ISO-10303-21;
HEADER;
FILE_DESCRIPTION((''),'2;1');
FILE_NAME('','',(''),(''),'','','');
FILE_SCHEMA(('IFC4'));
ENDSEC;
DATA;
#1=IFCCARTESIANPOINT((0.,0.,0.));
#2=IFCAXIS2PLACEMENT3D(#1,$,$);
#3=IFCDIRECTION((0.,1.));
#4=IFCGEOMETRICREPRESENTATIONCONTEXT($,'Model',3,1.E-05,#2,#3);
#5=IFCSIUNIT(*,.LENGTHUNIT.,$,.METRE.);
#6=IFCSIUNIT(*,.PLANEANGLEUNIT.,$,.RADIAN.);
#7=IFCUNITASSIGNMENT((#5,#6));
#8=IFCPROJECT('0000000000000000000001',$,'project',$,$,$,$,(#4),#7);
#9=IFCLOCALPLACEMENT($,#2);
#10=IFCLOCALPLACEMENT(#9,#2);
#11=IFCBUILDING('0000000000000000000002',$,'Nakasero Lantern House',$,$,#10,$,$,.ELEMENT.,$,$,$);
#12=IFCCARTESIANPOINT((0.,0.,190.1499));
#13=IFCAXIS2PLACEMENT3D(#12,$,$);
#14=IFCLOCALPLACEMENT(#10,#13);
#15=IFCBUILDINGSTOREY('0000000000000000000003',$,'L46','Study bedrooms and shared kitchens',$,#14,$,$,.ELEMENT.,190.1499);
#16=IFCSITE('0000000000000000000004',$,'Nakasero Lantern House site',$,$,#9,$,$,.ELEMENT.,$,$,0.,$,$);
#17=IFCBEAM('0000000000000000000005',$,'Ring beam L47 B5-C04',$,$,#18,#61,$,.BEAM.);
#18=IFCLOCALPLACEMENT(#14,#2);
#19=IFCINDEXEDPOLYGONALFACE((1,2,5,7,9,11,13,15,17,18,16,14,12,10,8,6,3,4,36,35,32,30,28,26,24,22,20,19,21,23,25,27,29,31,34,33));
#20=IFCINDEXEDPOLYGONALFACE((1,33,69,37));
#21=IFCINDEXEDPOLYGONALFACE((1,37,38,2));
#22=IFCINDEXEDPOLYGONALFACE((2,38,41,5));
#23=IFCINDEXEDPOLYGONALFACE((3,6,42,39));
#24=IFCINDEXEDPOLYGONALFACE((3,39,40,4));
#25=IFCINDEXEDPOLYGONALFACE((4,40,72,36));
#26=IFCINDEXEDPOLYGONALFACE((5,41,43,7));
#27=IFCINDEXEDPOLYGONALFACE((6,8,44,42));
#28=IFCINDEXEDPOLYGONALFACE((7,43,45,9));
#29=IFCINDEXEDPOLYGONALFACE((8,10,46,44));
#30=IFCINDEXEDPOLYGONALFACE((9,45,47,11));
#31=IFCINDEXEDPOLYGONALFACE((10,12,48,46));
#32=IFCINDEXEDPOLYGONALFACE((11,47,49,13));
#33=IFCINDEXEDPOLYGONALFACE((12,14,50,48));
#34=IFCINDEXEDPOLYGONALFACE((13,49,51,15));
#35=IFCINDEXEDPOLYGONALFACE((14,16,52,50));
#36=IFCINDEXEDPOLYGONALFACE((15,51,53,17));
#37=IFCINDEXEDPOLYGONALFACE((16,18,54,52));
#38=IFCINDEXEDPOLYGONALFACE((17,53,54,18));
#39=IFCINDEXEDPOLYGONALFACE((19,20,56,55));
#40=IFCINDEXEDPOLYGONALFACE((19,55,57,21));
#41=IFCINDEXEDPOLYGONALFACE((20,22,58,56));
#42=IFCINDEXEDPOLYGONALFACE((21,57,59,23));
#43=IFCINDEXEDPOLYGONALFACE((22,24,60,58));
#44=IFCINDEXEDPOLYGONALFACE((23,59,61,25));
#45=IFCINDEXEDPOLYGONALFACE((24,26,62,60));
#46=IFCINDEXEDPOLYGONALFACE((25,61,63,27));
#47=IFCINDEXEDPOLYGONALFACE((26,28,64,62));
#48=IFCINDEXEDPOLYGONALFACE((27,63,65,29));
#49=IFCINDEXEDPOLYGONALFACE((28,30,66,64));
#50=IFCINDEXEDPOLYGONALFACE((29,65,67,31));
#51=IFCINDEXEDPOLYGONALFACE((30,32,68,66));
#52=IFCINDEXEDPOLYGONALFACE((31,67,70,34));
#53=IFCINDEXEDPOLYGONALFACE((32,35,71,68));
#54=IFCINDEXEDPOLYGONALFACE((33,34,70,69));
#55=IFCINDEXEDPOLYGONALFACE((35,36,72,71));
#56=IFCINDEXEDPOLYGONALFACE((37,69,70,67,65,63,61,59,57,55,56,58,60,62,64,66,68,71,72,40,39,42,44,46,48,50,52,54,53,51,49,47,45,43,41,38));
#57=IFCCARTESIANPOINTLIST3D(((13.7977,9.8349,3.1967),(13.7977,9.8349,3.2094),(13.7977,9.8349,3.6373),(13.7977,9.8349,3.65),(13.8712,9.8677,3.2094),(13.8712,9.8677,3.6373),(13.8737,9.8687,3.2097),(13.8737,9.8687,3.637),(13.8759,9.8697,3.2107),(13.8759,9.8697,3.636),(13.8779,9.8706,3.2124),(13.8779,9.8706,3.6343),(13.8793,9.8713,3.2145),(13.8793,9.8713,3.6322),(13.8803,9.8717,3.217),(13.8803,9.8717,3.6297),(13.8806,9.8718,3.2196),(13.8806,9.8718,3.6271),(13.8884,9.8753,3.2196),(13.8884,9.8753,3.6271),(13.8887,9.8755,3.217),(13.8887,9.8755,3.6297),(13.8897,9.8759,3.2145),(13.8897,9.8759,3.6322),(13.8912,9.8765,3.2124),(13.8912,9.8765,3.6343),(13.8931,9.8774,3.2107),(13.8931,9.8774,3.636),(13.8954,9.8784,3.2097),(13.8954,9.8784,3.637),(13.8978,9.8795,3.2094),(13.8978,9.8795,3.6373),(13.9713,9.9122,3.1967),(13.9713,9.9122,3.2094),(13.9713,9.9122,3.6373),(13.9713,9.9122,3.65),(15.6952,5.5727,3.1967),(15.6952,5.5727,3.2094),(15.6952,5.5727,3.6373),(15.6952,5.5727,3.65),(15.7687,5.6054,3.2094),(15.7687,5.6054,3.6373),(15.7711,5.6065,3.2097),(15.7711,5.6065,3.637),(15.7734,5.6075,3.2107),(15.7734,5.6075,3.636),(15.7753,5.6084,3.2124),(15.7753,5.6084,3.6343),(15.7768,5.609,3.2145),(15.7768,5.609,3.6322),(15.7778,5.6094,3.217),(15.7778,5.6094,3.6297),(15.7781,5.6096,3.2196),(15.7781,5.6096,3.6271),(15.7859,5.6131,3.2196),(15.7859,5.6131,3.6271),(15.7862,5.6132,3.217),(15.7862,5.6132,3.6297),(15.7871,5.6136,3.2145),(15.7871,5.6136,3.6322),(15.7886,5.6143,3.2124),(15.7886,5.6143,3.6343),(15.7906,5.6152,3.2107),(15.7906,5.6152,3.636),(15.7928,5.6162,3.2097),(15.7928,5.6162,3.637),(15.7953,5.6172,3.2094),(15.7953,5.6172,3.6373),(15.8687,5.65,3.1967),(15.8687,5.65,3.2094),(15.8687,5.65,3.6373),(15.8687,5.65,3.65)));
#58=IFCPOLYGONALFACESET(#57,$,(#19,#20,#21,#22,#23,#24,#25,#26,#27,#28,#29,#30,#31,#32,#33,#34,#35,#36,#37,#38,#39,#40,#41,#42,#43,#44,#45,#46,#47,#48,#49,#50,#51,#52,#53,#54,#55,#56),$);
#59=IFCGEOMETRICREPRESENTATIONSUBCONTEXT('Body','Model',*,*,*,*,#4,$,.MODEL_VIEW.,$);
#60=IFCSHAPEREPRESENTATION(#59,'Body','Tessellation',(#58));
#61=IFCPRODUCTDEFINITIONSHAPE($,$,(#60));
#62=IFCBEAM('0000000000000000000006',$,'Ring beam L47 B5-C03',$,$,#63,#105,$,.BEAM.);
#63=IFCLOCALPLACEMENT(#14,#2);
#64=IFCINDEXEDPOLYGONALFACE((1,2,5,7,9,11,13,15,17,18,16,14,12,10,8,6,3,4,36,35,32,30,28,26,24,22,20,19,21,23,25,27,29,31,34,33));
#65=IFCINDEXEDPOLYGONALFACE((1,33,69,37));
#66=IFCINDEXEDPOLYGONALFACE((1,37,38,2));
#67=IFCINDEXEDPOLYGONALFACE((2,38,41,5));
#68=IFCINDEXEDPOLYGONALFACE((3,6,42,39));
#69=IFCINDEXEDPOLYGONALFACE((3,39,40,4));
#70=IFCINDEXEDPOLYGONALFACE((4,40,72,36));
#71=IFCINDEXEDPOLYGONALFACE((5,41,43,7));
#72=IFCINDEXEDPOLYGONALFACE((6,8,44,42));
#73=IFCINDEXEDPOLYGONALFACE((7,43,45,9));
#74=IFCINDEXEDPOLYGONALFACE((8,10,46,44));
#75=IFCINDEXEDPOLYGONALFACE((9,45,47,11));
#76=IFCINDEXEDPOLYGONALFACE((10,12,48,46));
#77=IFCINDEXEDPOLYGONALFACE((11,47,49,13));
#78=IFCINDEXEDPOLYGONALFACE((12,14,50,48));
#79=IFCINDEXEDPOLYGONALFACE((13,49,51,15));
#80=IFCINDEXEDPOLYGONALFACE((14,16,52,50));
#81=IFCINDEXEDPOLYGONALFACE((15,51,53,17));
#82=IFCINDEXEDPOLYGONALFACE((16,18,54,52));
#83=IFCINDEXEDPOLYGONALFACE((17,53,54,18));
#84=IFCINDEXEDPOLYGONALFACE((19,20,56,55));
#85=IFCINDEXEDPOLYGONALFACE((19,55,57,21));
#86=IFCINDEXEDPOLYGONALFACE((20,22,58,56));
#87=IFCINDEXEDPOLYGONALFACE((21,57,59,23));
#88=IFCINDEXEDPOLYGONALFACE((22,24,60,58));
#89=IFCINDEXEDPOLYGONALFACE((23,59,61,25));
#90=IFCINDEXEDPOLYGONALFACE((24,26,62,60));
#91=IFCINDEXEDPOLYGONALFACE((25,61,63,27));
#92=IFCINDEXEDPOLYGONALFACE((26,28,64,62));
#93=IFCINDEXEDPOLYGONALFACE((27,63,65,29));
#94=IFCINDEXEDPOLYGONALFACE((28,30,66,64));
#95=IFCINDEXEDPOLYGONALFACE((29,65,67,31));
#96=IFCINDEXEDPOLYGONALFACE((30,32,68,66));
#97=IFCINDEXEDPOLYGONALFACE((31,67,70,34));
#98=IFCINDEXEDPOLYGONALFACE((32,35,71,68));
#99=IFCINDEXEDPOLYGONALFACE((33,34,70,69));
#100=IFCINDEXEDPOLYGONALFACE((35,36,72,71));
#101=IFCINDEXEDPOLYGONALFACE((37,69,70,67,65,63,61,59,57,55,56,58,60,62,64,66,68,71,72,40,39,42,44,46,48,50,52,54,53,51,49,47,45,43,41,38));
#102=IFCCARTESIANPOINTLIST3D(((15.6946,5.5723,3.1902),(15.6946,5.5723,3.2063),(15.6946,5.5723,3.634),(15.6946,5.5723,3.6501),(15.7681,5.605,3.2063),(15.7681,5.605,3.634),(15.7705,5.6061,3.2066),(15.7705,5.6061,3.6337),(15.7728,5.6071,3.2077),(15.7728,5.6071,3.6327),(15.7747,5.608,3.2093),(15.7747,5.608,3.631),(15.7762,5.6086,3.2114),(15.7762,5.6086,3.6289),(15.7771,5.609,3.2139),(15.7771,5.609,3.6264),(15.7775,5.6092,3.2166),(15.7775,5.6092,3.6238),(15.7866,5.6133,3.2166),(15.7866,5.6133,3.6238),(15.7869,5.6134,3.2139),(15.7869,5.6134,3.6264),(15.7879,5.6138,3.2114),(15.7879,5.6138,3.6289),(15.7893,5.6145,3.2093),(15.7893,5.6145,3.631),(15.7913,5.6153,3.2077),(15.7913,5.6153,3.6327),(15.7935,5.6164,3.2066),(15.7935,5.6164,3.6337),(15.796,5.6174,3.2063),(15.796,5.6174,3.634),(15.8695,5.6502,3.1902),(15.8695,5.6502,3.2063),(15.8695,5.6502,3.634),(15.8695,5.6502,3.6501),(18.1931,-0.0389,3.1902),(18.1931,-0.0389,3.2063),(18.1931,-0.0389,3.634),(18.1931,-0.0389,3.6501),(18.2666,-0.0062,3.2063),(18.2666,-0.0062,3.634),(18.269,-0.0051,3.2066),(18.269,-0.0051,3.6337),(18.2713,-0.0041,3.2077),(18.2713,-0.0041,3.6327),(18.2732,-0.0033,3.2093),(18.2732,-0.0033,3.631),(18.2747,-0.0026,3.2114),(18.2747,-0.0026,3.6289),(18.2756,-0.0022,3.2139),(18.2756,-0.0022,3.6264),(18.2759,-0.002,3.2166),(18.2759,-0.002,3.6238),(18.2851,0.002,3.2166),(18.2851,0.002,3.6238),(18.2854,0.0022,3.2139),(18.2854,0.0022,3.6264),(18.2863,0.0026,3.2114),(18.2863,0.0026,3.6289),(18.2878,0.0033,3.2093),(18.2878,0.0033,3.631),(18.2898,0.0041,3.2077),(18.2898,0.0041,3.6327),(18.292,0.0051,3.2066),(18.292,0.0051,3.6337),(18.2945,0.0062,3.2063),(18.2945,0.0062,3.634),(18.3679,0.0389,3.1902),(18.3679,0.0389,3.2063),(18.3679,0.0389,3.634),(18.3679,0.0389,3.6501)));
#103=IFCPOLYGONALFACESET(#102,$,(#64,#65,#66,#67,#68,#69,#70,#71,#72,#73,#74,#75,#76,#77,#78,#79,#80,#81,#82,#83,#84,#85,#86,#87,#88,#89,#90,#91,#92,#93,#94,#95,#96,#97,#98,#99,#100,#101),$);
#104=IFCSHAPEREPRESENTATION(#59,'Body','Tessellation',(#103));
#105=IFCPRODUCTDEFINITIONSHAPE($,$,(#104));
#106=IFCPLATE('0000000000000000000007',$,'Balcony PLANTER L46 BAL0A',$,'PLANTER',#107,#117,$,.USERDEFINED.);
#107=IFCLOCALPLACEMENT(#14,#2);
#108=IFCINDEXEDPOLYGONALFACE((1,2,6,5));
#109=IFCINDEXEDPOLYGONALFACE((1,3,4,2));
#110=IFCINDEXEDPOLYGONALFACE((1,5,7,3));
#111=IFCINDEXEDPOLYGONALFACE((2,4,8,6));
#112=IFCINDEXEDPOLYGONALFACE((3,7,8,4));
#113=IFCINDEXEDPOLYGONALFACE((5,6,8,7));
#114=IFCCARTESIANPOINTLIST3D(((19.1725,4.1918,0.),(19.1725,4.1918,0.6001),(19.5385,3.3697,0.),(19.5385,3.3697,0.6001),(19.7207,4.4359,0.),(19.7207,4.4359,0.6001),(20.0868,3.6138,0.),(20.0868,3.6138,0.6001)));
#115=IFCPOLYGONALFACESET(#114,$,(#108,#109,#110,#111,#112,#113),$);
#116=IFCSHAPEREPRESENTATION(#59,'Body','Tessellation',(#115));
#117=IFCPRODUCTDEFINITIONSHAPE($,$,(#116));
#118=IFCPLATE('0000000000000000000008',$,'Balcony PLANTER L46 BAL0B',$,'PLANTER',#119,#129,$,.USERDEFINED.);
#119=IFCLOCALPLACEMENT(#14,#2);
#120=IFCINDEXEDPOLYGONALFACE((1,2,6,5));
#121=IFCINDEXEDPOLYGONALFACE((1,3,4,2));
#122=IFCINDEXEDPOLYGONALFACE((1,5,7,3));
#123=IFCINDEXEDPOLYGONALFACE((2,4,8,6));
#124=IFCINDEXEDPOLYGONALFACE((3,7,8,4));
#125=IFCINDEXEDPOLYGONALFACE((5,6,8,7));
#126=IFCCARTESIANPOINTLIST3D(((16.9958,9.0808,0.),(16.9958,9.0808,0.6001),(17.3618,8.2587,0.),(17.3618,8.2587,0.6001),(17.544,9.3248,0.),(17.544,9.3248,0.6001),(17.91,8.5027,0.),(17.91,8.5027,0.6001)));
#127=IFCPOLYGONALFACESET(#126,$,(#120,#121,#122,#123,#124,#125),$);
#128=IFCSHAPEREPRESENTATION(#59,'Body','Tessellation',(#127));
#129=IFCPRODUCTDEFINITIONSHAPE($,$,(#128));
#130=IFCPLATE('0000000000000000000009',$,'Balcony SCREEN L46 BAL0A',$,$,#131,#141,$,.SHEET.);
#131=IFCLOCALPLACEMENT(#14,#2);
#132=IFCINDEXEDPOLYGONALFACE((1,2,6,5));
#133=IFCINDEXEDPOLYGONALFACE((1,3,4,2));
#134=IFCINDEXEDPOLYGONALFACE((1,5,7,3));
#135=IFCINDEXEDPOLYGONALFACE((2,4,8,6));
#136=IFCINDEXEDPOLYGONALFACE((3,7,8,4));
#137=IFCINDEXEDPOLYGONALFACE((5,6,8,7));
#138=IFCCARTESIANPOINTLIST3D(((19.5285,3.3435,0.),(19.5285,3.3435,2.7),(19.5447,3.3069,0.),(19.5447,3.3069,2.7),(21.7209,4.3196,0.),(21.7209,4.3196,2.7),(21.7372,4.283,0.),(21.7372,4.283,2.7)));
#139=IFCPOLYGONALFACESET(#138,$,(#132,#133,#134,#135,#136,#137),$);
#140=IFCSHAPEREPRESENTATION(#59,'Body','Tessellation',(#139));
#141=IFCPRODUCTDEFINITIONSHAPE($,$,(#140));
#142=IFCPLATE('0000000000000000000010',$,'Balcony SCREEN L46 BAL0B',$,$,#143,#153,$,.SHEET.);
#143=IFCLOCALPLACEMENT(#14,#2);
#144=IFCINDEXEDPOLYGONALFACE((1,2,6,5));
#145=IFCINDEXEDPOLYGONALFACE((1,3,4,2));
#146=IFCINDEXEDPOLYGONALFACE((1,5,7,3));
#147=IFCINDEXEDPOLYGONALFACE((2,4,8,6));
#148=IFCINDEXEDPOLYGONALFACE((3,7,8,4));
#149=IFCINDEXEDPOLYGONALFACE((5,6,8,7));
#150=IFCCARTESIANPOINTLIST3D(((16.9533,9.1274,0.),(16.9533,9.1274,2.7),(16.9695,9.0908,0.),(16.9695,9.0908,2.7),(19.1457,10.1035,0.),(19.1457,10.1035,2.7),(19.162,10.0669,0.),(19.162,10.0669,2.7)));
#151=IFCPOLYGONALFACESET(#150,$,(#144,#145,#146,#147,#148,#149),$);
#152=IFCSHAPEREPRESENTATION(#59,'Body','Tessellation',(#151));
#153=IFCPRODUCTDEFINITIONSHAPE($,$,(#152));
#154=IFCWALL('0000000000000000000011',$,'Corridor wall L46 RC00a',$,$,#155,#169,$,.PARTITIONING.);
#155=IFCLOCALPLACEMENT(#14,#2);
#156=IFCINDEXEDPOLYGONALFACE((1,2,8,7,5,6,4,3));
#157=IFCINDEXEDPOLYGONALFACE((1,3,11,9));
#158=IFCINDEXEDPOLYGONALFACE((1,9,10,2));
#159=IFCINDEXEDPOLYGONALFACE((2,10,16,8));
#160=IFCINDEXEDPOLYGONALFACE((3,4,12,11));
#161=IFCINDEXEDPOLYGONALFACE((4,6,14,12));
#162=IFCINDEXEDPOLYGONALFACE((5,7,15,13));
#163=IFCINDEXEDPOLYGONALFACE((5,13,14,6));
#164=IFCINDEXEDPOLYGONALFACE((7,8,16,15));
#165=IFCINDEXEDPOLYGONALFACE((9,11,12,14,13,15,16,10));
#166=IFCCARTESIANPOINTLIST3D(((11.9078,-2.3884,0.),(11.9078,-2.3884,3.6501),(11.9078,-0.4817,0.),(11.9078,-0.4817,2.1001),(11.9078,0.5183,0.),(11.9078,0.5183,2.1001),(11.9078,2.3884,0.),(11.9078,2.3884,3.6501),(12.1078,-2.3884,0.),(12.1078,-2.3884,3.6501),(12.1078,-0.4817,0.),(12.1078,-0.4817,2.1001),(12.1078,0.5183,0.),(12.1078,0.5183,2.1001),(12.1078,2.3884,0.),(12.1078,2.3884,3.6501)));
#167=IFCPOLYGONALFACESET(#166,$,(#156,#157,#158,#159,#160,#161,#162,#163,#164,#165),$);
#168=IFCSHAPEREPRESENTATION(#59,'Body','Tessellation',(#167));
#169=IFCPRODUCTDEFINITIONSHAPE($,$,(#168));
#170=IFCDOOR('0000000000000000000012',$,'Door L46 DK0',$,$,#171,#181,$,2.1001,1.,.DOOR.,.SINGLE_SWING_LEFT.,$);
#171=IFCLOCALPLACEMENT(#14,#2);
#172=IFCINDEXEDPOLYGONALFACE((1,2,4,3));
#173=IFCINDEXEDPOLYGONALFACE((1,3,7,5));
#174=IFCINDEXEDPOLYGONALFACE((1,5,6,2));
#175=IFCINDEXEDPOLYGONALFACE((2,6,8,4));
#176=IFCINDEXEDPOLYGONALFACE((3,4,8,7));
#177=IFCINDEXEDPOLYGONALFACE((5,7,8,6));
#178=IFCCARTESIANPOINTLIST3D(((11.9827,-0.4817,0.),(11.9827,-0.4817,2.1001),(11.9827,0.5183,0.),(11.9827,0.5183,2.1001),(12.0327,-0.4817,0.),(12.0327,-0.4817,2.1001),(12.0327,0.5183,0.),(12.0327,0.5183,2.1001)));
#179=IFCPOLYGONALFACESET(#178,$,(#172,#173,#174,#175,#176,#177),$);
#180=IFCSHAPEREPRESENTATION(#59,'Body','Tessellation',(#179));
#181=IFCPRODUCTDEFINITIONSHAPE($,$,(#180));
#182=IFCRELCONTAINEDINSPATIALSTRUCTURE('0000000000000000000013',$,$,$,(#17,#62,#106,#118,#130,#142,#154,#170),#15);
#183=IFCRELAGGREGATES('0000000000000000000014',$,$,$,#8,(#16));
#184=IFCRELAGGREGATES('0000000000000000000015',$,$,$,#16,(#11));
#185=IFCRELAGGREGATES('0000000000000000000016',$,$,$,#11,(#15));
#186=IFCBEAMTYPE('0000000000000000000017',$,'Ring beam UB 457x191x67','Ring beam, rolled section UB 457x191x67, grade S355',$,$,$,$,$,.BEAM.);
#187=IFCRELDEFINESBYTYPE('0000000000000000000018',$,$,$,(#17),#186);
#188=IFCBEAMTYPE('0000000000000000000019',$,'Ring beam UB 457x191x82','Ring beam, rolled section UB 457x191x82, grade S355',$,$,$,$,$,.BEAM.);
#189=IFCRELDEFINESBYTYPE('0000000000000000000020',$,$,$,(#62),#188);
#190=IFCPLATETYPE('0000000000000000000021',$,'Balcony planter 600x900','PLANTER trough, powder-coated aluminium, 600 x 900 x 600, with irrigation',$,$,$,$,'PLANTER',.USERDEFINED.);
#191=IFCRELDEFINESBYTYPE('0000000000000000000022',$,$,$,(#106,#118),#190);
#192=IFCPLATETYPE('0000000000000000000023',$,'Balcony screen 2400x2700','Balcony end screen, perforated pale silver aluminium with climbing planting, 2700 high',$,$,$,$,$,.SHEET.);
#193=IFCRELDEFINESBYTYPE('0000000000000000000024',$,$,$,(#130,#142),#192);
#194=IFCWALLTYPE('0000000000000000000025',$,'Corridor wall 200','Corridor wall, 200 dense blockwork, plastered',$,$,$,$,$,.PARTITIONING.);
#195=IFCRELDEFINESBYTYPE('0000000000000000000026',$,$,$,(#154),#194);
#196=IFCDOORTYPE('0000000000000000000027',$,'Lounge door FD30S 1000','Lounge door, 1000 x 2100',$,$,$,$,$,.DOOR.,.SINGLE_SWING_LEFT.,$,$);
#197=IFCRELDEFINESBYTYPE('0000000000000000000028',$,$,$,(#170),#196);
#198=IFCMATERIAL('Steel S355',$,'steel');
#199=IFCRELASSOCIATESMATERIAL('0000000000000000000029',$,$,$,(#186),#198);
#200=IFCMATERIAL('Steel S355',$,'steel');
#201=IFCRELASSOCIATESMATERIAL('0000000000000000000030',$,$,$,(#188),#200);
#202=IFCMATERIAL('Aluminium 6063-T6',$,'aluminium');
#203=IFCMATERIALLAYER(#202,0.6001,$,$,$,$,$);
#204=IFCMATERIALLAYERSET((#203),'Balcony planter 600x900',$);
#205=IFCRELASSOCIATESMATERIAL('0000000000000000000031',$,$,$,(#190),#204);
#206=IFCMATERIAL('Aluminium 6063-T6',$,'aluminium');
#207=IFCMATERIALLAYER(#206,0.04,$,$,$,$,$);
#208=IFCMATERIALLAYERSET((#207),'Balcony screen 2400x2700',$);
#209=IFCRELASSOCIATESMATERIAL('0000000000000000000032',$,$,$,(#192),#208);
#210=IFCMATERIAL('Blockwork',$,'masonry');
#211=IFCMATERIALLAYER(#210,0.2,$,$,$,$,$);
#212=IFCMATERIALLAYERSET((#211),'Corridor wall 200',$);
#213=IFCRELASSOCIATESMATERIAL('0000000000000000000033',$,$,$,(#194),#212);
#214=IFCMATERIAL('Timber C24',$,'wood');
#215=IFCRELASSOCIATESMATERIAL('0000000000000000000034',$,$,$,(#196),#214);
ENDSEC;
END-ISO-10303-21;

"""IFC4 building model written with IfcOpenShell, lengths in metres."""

from ifc_helpers import new_model, si_unit, direction, frame, frame_2d, origin, origin_2d, place, context, subcontext, project, spatial, rectangle, i_section, extrude, material, layer, layer_set, material_profile, profile_set, type_object, element, fill, save


model = new_model("IFC4")

# Units and contexts
model_context = context("Model", 3, precision=1e-05, world=origin(), true_north=direction((0.0, 1.0)))
body_context = subcontext(model_context, "Body", "Model", "MODEL_VIEW")
ifc_project = project(units=[si_unit("LENGTHUNIT", "METRE"), si_unit("PLANEANGLEUNIT", "RADIAN")], contexts=[model_context])

# Site, building, storey
site_placement = place(None, origin())
site = spatial("IfcSite", under=ifc_project, at=site_placement, Name="Nakasero Lantern House site", CompositionType="ELEMENT", RefElevation=0.0)
building_placement = place(site_placement, origin())
building = spatial("IfcBuilding", under=site, at=building_placement, Name="Nakasero Lantern House", CompositionType="ELEMENT")
storey_placement = place(building_placement, frame((0.0, 0.0, 190.1499)))
storey = spatial("IfcBuildingStorey", under=building, at=storey_placement, Name="L46", Description="Study bedrooms and shared kitchens", CompositionType="ELEMENT", Elevation=190.1499)

# Beams
ifc_material_1 = material(Name="Steel S355", Category="steel")
ifc_material_profile_1 = material_profile(ifc_material_1, i_section(OverallWidth=0.1899, OverallDepth=0.4534, WebThickness=0.0085, FlangeThickness=0.0127, FilletRadius=0.0103, at=origin_2d()), Name="UB 457x191x67")
ifc_profile_set_1 = profile_set([ifc_material_profile_1], Name="Steel S355")
beam_type_1 = type_object("IfcBeamType", Name="Ring beam UB 457x191x67", Description="Ring beam, rolled section UB 457x191x67, grade S355", PredefinedType="BEAM", material=ifc_profile_set_1)
beam_1_placement = place(storey_placement, frame((15.782, 5.6113, 3.4233), z_axis=(-0.406702, 0.913561, 0.0), x_axis=(-0.913561, -0.406702, 0.0)))
element("IfcBeam", 1, at=beam_1_placement, inside=storey, type_object=beam_type_1, Name="Ring beam L47 B5-C04", PredefinedType="BEAM", context=body_context, shape_type="SweptSolid", body=[
    extrude(i_section(OverallWidth=0.1899, OverallDepth=0.4534, WebThickness=0.0085, FlangeThickness=0.0127, FilletRadius=0.0103, at=origin_2d()), origin(), (0.0, 0.0, 1.0), 4.6655),
])
ifc_material_2 = material(Name="Steel S355", Category="steel")
ifc_material_profile_2 = material_profile(ifc_material_2, i_section(OverallWidth=0.1914, OverallDepth=0.46, WebThickness=0.01, FlangeThickness=0.0161, FilletRadius=0.0103, at=origin_2d()), Name="UB 457x191x82")
ifc_profile_set_2 = profile_set([ifc_material_profile_2], Name="Steel S355")
beam_type_2 = type_object("IfcBeamType", Name="Ring beam UB 457x191x82", Description="Ring beam, rolled section UB 457x191x82, grade S355", PredefinedType="BEAM", material=ifc_profile_set_2)
beam_2_placement = place(storey_placement, frame((18.2805, 0.0, 3.4202), z_axis=(-0.406765, 0.913533, 0.0), x_axis=(-0.913533, -0.406765, 0.0)))
element("IfcBeam", 2, at=beam_2_placement, inside=storey, type_object=beam_type_2, Name="Ring beam L47 B5-C03", PredefinedType="BEAM", context=body_context, shape_type="SweptSolid", body=[
    extrude(i_section(OverallWidth=0.1914, OverallDepth=0.46, WebThickness=0.01, FlangeThickness=0.0161, FilletRadius=0.0103, at=origin_2d()), origin(), (0.0, 0.0, 1.0), 6.1423),
])

# Plates
ifc_material_3 = material(Name="Aluminium 6063-T6", Category="aluminium")
ifc_layer_1 = layer(ifc_material_3, 0.6001)
ifc_layer_set_1 = layer_set([ifc_layer_1], Name="Balcony planter 600x900")
plate_type_1 = type_object("IfcPlateType", Name="Balcony planter 600x900", Description="PLANTER trough, powder-coated aluminium, 600 x 900 x 600, with irrigation", ElementType="PLANTER", PredefinedType="USERDEFINED", material=ifc_layer_set_1)
for number, where, z_axis, x_axis, name in (
    (3, (19.6296, 3.9028, 0.0), (0.0, 0.0, 1.0), (0.913545, 0.406737, 0.0), "Balcony PLANTER L46 BAL0A"),
    (4, (17.4529, 8.7917, 0.0), (0.0, 0.0, 1.0), (0.913545, 0.406737, 0.0), "Balcony PLANTER L46 BAL0B"),
):
    element("IfcPlate", number, at=place(storey_placement, frame(where, z_axis=z_axis, x_axis=x_axis)), inside=storey, type_object=plate_type_1, Name=name, ObjectType="PLANTER", PredefinedType="USERDEFINED", context=body_context, shape_type="SweptSolid", body=[
        extrude(rectangle(XDim=0.6001, YDim=0.8999, at=origin_2d()), origin(), (0.0, 0.0, 1.0), 0.6001),
    ])
ifc_material_4 = material(Name="Aluminium 6063-T6", Category="aluminium")
ifc_layer_2 = layer(ifc_material_4, 0.04)
ifc_layer_set_2 = layer_set([ifc_layer_2], Name="Balcony screen 2400x2700")
plate_type_2 = type_object("IfcPlateType", Name="Balcony screen 2400x2700", Description="Balcony end screen, perforated pale silver aluminium with climbing planting, 2700 high", PredefinedType="SHEET", material=ifc_layer_set_2)
for number, where, z_axis, x_axis, name in (
    (5, (20.6328, 3.8132, 0.0), (0.0, 0.0, 1.0), (0.913545, 0.406737, 0.0), "Balcony SCREEN L46 BAL0A"),
    (6, (18.0576, 9.5972, 0.0), (0.0, 0.0, 1.0), (0.913545, 0.406737, 0.0), "Balcony SCREEN L46 BAL0B"),
):
    element("IfcPlate", number, at=place(storey_placement, frame(where, z_axis=z_axis, x_axis=x_axis)), inside=storey, type_object=plate_type_2, Name=name, PredefinedType="SHEET", context=body_context, shape_type="SweptSolid", body=[
        extrude(rectangle(XDim=2.3999, YDim=0.04, at=origin_2d()), origin(), (0.0, 0.0, 1.0), 2.7),
    ])

# Wall, opening, door
ifc_material_5 = material(Name="Blockwork", Category="masonry")
ifc_layer_3 = layer(ifc_material_5, 0.2)
ifc_layer_set_3 = layer_set([ifc_layer_3], Name="Corridor wall 200")
wall_type_1 = type_object("IfcWallType", Name="Corridor wall 200", Description="Corridor wall, 200 dense blockwork, plastered", PredefinedType="PARTITIONING", material=ifc_layer_set_3)
wall_1_placement = place(storey_placement, frame((12.0078, 2.3884, 0.0), z_axis=(0.0, 0.0, 1.0), x_axis=(0.0, -1.0, 0.0)))
wall_1 = element("IfcWall", 7, at=wall_1_placement, inside=storey, type_object=wall_type_1, Name="Corridor wall L46 RC00a", PredefinedType="PARTITIONING", context=body_context, shape_type="SweptSolid", body=[
    extrude(rectangle(XDim=4.7769, YDim=0.2, at=frame_2d((2.3884, 0.0))), origin(), (0.0, 0.0, 1.0), 3.6501),
])
opening_1_placement = place(wall_1_placement, frame((1.8701, 0.0, 0.0)))
opening_1 = element("IfcOpeningElement", 8, at=opening_1_placement, cuts=wall_1, PredefinedType="OPENING", context=body_context, shape_type="SweptSolid", body=[
    extrude(rectangle(XDim=1.0, YDim=2.1001, at=frame_2d((0.5, 1.05))), frame((0.0, 0.1199, 0.0), z_axis=(0.0, -1.0, 0.0), x_axis=(1.0, 0.0, 0.0)), (0.0, 0.0, 1.0), 0.24),
])
ifc_material_6 = material(Name="Timber C24", Category="wood")
door_type_1 = type_object("IfcDoorType", Name="Lounge door FD30S 1000", Description="Lounge door, 1000 x 2100", OperationType="SINGLE_SWING_LEFT", PredefinedType="DOOR", material=ifc_material_6)
door_1_placement = place(opening_1_placement, origin())
door_1 = element("IfcDoor", 9, at=door_1_placement, inside=storey, type_object=door_type_1, Name="Door L46 DK0", OperationType="SINGLE_SWING_LEFT", OverallHeight=2.1001, OverallWidth=1.0, PredefinedType="DOOR", context=body_context, shape_type="SweptSolid", body=[
    extrude(rectangle(XDim=1.0, YDim=2.1001, at=frame_2d((0.5, 1.05))), frame((0.0, 0.0249, 0.0), z_axis=(0.0, -1.0, 0.0), x_axis=(1.0, 0.0, 0.0)), (0.0, 0.0, 1.0), 0.05),
])
fill(opening_1, door_1)

save(model, "model.ifc")
